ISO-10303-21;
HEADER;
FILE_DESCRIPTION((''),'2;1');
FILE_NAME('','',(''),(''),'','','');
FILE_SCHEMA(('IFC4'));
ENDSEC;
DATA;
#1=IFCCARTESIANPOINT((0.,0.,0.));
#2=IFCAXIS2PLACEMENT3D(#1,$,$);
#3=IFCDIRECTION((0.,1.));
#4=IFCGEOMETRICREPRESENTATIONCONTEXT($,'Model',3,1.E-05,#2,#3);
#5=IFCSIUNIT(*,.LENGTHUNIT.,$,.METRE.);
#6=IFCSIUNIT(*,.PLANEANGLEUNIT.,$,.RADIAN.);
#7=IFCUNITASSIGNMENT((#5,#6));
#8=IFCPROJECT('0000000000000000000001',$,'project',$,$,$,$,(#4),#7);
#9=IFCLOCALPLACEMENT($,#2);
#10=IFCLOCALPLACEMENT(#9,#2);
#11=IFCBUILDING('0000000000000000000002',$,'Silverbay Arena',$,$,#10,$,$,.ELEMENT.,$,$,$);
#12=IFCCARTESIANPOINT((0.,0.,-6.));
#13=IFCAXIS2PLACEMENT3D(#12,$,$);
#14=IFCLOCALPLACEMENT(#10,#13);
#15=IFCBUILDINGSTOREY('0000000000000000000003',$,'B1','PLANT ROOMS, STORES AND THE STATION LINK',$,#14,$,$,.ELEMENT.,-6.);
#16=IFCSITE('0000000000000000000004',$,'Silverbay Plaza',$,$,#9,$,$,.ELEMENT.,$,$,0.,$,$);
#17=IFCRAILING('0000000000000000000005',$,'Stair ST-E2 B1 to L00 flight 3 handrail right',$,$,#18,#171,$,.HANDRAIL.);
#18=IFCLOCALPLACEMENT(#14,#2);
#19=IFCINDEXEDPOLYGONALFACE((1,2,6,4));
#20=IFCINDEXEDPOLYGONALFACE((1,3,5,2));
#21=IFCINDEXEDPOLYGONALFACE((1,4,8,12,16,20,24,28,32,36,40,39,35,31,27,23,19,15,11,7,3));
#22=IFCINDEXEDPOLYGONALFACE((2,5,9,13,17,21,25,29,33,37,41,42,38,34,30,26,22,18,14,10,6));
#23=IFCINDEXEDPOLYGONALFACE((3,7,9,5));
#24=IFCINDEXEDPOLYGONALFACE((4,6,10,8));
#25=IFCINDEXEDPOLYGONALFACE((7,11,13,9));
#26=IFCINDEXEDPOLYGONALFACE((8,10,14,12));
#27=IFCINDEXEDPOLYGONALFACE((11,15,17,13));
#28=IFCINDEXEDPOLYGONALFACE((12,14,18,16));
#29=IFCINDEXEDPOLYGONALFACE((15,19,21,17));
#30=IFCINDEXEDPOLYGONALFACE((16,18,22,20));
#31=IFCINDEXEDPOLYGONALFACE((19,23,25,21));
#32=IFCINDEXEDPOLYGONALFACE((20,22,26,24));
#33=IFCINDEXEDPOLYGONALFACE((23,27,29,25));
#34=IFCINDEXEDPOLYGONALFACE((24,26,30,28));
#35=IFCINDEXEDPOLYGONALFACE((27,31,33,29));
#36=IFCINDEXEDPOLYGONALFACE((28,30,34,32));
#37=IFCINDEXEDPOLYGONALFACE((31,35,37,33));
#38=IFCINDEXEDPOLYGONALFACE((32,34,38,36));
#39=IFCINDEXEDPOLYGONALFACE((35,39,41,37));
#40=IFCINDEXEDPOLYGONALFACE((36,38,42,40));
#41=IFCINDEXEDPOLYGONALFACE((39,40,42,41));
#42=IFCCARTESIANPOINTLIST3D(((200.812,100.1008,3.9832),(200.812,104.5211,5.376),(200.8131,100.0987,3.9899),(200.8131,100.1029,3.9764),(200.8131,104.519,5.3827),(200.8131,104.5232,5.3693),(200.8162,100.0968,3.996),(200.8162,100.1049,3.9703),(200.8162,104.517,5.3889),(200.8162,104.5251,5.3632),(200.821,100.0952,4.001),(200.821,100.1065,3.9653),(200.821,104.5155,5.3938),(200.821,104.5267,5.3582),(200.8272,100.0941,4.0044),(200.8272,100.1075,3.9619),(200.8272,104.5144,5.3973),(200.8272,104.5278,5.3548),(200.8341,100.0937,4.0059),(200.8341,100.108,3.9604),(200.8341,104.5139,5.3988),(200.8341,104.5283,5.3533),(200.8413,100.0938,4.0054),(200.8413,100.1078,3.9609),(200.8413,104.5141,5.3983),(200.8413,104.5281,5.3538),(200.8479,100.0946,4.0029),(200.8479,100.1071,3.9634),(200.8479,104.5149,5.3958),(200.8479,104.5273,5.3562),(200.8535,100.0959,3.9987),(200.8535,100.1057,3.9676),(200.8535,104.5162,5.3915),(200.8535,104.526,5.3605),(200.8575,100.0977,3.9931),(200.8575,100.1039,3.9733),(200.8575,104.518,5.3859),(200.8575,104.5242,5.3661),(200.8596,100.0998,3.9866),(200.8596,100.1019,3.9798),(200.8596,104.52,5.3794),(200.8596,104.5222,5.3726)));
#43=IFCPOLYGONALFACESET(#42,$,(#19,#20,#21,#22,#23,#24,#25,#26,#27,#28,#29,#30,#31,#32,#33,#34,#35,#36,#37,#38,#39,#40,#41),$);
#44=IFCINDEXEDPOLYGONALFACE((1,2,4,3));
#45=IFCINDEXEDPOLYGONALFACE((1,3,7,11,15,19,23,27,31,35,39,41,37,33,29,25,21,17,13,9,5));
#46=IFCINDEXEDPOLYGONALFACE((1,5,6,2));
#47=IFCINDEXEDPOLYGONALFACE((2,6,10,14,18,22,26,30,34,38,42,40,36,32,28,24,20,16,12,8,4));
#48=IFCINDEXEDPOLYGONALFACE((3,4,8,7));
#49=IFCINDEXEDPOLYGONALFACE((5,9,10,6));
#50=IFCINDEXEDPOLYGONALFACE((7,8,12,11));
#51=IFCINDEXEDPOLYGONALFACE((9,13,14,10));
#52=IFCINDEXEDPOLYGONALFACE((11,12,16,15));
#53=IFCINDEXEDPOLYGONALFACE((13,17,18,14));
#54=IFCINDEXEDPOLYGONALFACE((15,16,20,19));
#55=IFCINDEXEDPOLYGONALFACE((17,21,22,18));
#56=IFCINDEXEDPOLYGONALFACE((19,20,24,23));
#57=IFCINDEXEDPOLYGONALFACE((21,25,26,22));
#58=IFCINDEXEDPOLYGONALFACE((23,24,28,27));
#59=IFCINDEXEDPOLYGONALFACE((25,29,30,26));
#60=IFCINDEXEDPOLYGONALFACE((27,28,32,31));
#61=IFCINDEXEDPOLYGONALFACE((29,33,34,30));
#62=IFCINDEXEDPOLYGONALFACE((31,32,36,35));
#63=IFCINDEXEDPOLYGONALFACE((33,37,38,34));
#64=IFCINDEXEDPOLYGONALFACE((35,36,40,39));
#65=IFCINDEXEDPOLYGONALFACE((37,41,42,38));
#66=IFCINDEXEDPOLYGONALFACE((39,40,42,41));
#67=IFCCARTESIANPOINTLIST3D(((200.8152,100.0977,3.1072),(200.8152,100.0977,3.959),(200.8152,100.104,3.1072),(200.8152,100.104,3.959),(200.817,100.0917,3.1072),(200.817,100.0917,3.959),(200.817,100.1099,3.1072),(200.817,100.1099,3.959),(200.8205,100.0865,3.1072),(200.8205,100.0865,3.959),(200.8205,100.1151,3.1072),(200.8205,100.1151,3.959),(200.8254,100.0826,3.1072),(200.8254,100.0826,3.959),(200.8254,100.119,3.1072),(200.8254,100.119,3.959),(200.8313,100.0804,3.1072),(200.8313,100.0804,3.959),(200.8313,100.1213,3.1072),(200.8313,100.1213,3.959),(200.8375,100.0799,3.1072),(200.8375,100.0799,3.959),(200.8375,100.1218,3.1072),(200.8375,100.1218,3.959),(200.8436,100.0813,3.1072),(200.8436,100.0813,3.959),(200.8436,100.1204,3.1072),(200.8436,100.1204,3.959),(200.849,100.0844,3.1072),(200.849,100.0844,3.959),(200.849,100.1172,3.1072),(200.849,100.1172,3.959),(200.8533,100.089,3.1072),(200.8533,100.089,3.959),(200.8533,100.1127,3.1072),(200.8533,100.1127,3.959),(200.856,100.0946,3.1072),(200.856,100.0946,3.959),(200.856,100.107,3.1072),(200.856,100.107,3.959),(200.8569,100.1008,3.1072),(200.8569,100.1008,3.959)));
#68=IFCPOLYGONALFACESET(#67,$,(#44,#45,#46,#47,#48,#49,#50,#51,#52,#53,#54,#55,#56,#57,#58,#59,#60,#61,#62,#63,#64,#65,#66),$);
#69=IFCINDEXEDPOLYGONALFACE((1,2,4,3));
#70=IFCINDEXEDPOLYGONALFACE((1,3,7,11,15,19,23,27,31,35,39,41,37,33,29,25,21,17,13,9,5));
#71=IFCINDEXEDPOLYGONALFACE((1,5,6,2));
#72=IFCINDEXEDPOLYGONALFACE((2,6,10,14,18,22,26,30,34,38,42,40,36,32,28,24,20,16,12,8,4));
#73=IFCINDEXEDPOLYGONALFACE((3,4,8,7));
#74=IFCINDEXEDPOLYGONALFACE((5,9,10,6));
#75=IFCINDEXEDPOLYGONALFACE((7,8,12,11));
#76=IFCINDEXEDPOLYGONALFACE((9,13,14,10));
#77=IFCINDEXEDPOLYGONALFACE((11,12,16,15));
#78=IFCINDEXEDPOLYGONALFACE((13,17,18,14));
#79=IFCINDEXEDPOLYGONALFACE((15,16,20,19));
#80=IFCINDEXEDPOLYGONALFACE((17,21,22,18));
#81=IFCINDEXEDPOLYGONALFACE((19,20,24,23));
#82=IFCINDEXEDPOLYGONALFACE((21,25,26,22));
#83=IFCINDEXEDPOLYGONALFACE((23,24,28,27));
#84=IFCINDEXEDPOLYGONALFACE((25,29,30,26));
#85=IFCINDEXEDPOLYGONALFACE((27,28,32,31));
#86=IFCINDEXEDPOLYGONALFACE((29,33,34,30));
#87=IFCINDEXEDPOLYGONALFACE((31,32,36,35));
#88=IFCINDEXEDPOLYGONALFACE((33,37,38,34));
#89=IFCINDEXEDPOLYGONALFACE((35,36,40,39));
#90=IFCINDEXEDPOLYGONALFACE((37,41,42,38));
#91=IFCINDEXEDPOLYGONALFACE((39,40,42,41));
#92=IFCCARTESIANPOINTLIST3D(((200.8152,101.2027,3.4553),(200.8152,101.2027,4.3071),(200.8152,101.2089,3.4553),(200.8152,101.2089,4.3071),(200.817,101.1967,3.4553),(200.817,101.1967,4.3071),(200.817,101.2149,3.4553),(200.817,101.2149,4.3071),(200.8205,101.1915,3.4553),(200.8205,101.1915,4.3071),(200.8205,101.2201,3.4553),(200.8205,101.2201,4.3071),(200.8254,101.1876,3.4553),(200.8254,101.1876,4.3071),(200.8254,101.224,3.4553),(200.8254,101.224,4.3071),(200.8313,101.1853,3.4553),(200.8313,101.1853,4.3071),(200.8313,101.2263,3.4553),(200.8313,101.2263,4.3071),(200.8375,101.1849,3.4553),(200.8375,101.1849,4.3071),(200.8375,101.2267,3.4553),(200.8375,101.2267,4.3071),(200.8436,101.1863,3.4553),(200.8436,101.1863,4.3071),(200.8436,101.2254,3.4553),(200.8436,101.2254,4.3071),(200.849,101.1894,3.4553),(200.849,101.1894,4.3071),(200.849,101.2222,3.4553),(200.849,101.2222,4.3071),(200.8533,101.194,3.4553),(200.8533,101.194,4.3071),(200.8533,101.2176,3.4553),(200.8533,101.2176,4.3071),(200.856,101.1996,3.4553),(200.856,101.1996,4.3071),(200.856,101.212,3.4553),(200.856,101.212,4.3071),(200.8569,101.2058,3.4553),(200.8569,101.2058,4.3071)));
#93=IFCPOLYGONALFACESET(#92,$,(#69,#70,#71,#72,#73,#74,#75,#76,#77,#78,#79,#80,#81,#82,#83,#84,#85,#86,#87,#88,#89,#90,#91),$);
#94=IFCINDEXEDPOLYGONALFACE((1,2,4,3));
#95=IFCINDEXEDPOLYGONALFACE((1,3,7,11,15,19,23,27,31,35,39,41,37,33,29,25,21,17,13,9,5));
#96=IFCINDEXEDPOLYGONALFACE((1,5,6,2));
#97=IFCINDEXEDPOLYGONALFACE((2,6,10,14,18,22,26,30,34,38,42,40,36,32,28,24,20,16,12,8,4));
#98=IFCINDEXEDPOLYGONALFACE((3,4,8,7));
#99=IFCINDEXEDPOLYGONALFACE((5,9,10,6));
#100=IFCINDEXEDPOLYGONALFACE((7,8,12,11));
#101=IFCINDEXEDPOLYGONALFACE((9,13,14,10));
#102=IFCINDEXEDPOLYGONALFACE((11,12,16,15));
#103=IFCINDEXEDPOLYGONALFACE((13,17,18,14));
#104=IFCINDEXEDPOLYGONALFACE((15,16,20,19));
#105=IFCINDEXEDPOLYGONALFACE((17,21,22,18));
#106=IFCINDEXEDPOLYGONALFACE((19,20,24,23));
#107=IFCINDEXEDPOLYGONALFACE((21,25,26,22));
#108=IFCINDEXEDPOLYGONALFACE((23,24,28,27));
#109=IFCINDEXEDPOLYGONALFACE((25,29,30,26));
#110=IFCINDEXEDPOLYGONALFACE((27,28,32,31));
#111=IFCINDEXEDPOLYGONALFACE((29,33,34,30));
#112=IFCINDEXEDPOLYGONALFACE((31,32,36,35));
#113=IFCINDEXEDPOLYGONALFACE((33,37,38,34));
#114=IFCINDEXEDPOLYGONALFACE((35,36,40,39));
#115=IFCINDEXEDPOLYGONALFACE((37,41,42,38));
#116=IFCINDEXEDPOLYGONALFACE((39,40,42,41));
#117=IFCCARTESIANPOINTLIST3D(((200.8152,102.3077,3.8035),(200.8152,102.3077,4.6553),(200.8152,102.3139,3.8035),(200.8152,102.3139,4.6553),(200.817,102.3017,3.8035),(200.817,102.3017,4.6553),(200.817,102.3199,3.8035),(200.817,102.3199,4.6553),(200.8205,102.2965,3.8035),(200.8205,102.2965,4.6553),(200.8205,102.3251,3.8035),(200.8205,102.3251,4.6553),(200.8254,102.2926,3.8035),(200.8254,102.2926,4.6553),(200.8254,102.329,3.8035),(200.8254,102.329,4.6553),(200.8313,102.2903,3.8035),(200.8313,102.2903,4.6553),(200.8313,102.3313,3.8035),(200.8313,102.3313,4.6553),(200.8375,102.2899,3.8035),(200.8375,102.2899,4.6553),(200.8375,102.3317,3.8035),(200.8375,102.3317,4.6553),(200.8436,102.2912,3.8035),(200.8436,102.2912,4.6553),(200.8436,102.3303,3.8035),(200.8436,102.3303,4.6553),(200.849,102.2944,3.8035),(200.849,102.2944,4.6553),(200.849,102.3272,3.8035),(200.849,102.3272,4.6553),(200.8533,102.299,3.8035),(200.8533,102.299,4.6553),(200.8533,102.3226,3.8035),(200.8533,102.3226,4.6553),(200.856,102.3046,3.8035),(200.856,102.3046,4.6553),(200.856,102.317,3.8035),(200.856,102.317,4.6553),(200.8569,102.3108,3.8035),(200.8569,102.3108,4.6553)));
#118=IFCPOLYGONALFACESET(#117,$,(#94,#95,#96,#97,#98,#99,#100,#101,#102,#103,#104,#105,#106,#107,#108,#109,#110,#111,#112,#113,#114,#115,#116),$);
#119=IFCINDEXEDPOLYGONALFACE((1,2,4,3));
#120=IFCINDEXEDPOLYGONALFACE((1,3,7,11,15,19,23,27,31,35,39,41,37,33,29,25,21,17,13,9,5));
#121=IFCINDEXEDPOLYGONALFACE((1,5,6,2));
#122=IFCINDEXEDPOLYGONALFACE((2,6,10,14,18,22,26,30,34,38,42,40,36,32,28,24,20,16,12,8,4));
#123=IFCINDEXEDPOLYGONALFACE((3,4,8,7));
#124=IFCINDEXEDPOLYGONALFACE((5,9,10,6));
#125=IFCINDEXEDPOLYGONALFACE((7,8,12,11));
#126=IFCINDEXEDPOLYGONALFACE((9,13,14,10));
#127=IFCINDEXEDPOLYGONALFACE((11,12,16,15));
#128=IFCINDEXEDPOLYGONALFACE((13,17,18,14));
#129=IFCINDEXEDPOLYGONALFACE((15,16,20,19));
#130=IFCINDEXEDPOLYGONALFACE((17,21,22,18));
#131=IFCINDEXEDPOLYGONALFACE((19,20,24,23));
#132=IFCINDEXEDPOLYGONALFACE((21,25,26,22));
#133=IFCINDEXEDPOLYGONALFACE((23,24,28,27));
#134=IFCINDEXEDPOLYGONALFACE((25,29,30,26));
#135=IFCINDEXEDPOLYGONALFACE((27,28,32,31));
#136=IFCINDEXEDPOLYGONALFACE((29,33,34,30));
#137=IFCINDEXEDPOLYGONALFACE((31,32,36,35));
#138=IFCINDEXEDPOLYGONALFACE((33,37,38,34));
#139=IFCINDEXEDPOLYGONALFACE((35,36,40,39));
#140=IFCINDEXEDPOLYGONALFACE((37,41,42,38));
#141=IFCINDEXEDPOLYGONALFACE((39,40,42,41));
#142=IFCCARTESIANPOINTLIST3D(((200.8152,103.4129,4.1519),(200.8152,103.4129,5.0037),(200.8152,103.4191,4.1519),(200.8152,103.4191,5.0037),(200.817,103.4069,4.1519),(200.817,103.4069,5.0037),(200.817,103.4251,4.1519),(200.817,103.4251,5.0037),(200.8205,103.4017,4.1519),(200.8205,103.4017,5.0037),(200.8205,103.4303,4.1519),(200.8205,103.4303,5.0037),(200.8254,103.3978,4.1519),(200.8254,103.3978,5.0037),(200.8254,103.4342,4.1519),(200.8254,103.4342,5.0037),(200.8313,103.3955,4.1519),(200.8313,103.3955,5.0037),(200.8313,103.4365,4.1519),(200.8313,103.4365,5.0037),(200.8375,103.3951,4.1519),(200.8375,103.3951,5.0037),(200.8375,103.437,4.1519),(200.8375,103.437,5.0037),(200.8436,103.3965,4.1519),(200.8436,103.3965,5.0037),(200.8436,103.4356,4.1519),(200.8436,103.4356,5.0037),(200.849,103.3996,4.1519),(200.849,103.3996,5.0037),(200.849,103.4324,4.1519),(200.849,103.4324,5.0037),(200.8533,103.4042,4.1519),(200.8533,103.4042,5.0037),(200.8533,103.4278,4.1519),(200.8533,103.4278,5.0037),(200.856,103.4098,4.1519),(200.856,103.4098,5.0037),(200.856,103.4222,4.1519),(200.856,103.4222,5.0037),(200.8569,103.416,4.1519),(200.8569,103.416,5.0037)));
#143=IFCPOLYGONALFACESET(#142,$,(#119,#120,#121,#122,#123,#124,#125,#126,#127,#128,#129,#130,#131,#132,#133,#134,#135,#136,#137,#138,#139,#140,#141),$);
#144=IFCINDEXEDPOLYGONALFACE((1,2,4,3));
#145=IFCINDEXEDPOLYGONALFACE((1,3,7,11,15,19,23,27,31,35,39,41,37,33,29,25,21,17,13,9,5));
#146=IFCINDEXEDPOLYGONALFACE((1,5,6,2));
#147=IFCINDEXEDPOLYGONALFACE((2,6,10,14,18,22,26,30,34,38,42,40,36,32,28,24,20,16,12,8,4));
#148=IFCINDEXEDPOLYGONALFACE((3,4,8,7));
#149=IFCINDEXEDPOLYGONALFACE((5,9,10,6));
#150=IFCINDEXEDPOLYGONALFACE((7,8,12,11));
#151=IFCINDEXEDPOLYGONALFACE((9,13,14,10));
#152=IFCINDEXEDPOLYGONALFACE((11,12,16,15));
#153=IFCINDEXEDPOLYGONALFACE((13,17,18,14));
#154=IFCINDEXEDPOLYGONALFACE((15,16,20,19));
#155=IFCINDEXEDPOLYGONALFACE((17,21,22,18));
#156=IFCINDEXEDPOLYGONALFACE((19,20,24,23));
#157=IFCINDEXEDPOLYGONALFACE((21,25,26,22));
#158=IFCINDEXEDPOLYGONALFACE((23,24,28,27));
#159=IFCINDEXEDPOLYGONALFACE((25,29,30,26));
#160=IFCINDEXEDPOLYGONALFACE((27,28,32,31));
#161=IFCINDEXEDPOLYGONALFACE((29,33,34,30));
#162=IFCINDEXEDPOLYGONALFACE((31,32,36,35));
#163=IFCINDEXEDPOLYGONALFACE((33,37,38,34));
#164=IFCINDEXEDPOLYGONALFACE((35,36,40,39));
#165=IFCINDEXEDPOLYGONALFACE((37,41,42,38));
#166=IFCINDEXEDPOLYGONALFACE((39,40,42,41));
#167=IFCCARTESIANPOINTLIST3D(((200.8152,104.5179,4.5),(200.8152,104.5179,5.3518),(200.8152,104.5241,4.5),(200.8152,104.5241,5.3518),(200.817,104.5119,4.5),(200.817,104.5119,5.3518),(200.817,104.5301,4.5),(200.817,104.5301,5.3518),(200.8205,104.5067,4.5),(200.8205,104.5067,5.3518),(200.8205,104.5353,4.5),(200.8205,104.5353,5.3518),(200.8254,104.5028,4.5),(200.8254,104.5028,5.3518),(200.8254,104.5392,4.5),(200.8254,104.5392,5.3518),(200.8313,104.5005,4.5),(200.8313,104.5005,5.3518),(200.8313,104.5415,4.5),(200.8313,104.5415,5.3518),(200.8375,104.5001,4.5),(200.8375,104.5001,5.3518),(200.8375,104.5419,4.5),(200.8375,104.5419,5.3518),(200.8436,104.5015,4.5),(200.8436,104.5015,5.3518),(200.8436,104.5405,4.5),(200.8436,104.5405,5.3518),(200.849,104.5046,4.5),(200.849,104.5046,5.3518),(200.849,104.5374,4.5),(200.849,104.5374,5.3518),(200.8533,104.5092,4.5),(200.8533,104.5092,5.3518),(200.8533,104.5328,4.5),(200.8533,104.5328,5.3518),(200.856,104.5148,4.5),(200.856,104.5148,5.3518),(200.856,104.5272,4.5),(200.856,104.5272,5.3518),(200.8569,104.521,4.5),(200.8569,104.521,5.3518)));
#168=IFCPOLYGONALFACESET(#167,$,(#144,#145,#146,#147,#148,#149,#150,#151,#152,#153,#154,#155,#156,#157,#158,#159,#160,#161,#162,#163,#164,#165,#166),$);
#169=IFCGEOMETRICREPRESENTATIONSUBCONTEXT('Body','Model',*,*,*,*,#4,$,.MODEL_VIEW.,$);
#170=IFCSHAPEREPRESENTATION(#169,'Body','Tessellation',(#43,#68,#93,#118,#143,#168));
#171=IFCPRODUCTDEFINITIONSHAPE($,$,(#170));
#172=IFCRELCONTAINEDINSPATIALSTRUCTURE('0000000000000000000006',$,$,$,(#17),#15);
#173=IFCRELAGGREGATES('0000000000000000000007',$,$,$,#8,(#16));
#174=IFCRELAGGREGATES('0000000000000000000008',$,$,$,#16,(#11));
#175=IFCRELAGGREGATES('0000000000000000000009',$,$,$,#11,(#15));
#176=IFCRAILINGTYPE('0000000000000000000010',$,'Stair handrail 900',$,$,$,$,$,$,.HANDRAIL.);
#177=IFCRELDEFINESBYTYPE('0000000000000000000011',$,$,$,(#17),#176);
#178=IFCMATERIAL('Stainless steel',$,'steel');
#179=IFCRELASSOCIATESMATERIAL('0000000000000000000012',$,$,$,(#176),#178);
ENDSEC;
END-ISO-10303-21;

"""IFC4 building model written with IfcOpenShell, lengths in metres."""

from ifc_helpers import new_model, si_unit, direction, frame, origin, origin_2d, place, context, subcontext, project, spatial, circle, extrude, material, type_object, element, save


model = new_model("IFC4")

# Units and contexts
model_context = context("Model", 3, precision=1e-05, world=origin(), true_north=direction((0.0, 1.0)))
body_context = subcontext(model_context, "Body", "Model", "MODEL_VIEW")
ifc_project = project(units=[si_unit("LENGTHUNIT", "METRE"), si_unit("PLANEANGLEUNIT", "RADIAN")], contexts=[model_context])

# Site, building, storey
site_placement = place(None, origin())
site = spatial("IfcSite", under=ifc_project, at=site_placement, Name="Silverbay Plaza", CompositionType="ELEMENT", RefElevation=0.0)
building_placement = place(site_placement, origin())
building = spatial("IfcBuilding", under=site, at=building_placement, Name="Silverbay Arena", CompositionType="ELEMENT")
storey_placement = place(building_placement, frame((0.0, 0.0, -6.0)))
storey = spatial("IfcBuildingStorey", under=building, at=storey_placement, Name="B1", Description="PLANT ROOMS, STORES AND THE STATION LINK", CompositionType="ELEMENT", Elevation=-6.0)

# Railing
ifc_material_1 = material(Name="Stainless steel", Category="steel")
railing_type_1 = type_object("IfcRailingType", Name="Stair handrail 900", PredefinedType="HANDRAIL", material=ifc_material_1)
for number, where, name in (
    (1, (200.8359, 100.1008, 3.1072), "Stair ST-E2 B1 to L00 flight 3 handrail right"),
):
    element("IfcRailing", number, at=place(storey_placement, frame(where)), inside=storey, type_object=railing_type_1, Name=name, PredefinedType="HANDRAIL", context=body_context, shape_type="SweptSolid", body=[
        extrude(circle(Radius=0.0239, at=origin_2d()), frame((0.0, 0.0, 0.876), z_axis=(0.0, 0.95377, 0.300539), x_axis=(-1.0, 0.0, 0.0)), (0.0, 0.0, 1.0), 4.6345),
        extrude(circle(Radius=0.021, at=origin_2d()), origin(), (0.0, 0.0, 1.0), 0.8518),
        extrude(circle(Radius=0.021, at=origin_2d()), frame((0.0, 1.105, 0.3481)), (0.0, 0.0, 1.0), 0.8518),
        extrude(circle(Radius=0.021, at=origin_2d()), frame((0.0, 2.21, 0.6963)), (0.0, 0.0, 1.0), 0.8518),
        extrude(circle(Radius=0.021, at=origin_2d()), frame((0.0, 3.3152, 1.0447)), (0.0, 0.0, 1.0), 0.8518),
        extrude(circle(Radius=0.021, at=origin_2d()), frame((0.0, 4.4202, 1.3928)), (0.0, 0.0, 1.0), 0.8518),
    ])

save(model, "model.ifc")
